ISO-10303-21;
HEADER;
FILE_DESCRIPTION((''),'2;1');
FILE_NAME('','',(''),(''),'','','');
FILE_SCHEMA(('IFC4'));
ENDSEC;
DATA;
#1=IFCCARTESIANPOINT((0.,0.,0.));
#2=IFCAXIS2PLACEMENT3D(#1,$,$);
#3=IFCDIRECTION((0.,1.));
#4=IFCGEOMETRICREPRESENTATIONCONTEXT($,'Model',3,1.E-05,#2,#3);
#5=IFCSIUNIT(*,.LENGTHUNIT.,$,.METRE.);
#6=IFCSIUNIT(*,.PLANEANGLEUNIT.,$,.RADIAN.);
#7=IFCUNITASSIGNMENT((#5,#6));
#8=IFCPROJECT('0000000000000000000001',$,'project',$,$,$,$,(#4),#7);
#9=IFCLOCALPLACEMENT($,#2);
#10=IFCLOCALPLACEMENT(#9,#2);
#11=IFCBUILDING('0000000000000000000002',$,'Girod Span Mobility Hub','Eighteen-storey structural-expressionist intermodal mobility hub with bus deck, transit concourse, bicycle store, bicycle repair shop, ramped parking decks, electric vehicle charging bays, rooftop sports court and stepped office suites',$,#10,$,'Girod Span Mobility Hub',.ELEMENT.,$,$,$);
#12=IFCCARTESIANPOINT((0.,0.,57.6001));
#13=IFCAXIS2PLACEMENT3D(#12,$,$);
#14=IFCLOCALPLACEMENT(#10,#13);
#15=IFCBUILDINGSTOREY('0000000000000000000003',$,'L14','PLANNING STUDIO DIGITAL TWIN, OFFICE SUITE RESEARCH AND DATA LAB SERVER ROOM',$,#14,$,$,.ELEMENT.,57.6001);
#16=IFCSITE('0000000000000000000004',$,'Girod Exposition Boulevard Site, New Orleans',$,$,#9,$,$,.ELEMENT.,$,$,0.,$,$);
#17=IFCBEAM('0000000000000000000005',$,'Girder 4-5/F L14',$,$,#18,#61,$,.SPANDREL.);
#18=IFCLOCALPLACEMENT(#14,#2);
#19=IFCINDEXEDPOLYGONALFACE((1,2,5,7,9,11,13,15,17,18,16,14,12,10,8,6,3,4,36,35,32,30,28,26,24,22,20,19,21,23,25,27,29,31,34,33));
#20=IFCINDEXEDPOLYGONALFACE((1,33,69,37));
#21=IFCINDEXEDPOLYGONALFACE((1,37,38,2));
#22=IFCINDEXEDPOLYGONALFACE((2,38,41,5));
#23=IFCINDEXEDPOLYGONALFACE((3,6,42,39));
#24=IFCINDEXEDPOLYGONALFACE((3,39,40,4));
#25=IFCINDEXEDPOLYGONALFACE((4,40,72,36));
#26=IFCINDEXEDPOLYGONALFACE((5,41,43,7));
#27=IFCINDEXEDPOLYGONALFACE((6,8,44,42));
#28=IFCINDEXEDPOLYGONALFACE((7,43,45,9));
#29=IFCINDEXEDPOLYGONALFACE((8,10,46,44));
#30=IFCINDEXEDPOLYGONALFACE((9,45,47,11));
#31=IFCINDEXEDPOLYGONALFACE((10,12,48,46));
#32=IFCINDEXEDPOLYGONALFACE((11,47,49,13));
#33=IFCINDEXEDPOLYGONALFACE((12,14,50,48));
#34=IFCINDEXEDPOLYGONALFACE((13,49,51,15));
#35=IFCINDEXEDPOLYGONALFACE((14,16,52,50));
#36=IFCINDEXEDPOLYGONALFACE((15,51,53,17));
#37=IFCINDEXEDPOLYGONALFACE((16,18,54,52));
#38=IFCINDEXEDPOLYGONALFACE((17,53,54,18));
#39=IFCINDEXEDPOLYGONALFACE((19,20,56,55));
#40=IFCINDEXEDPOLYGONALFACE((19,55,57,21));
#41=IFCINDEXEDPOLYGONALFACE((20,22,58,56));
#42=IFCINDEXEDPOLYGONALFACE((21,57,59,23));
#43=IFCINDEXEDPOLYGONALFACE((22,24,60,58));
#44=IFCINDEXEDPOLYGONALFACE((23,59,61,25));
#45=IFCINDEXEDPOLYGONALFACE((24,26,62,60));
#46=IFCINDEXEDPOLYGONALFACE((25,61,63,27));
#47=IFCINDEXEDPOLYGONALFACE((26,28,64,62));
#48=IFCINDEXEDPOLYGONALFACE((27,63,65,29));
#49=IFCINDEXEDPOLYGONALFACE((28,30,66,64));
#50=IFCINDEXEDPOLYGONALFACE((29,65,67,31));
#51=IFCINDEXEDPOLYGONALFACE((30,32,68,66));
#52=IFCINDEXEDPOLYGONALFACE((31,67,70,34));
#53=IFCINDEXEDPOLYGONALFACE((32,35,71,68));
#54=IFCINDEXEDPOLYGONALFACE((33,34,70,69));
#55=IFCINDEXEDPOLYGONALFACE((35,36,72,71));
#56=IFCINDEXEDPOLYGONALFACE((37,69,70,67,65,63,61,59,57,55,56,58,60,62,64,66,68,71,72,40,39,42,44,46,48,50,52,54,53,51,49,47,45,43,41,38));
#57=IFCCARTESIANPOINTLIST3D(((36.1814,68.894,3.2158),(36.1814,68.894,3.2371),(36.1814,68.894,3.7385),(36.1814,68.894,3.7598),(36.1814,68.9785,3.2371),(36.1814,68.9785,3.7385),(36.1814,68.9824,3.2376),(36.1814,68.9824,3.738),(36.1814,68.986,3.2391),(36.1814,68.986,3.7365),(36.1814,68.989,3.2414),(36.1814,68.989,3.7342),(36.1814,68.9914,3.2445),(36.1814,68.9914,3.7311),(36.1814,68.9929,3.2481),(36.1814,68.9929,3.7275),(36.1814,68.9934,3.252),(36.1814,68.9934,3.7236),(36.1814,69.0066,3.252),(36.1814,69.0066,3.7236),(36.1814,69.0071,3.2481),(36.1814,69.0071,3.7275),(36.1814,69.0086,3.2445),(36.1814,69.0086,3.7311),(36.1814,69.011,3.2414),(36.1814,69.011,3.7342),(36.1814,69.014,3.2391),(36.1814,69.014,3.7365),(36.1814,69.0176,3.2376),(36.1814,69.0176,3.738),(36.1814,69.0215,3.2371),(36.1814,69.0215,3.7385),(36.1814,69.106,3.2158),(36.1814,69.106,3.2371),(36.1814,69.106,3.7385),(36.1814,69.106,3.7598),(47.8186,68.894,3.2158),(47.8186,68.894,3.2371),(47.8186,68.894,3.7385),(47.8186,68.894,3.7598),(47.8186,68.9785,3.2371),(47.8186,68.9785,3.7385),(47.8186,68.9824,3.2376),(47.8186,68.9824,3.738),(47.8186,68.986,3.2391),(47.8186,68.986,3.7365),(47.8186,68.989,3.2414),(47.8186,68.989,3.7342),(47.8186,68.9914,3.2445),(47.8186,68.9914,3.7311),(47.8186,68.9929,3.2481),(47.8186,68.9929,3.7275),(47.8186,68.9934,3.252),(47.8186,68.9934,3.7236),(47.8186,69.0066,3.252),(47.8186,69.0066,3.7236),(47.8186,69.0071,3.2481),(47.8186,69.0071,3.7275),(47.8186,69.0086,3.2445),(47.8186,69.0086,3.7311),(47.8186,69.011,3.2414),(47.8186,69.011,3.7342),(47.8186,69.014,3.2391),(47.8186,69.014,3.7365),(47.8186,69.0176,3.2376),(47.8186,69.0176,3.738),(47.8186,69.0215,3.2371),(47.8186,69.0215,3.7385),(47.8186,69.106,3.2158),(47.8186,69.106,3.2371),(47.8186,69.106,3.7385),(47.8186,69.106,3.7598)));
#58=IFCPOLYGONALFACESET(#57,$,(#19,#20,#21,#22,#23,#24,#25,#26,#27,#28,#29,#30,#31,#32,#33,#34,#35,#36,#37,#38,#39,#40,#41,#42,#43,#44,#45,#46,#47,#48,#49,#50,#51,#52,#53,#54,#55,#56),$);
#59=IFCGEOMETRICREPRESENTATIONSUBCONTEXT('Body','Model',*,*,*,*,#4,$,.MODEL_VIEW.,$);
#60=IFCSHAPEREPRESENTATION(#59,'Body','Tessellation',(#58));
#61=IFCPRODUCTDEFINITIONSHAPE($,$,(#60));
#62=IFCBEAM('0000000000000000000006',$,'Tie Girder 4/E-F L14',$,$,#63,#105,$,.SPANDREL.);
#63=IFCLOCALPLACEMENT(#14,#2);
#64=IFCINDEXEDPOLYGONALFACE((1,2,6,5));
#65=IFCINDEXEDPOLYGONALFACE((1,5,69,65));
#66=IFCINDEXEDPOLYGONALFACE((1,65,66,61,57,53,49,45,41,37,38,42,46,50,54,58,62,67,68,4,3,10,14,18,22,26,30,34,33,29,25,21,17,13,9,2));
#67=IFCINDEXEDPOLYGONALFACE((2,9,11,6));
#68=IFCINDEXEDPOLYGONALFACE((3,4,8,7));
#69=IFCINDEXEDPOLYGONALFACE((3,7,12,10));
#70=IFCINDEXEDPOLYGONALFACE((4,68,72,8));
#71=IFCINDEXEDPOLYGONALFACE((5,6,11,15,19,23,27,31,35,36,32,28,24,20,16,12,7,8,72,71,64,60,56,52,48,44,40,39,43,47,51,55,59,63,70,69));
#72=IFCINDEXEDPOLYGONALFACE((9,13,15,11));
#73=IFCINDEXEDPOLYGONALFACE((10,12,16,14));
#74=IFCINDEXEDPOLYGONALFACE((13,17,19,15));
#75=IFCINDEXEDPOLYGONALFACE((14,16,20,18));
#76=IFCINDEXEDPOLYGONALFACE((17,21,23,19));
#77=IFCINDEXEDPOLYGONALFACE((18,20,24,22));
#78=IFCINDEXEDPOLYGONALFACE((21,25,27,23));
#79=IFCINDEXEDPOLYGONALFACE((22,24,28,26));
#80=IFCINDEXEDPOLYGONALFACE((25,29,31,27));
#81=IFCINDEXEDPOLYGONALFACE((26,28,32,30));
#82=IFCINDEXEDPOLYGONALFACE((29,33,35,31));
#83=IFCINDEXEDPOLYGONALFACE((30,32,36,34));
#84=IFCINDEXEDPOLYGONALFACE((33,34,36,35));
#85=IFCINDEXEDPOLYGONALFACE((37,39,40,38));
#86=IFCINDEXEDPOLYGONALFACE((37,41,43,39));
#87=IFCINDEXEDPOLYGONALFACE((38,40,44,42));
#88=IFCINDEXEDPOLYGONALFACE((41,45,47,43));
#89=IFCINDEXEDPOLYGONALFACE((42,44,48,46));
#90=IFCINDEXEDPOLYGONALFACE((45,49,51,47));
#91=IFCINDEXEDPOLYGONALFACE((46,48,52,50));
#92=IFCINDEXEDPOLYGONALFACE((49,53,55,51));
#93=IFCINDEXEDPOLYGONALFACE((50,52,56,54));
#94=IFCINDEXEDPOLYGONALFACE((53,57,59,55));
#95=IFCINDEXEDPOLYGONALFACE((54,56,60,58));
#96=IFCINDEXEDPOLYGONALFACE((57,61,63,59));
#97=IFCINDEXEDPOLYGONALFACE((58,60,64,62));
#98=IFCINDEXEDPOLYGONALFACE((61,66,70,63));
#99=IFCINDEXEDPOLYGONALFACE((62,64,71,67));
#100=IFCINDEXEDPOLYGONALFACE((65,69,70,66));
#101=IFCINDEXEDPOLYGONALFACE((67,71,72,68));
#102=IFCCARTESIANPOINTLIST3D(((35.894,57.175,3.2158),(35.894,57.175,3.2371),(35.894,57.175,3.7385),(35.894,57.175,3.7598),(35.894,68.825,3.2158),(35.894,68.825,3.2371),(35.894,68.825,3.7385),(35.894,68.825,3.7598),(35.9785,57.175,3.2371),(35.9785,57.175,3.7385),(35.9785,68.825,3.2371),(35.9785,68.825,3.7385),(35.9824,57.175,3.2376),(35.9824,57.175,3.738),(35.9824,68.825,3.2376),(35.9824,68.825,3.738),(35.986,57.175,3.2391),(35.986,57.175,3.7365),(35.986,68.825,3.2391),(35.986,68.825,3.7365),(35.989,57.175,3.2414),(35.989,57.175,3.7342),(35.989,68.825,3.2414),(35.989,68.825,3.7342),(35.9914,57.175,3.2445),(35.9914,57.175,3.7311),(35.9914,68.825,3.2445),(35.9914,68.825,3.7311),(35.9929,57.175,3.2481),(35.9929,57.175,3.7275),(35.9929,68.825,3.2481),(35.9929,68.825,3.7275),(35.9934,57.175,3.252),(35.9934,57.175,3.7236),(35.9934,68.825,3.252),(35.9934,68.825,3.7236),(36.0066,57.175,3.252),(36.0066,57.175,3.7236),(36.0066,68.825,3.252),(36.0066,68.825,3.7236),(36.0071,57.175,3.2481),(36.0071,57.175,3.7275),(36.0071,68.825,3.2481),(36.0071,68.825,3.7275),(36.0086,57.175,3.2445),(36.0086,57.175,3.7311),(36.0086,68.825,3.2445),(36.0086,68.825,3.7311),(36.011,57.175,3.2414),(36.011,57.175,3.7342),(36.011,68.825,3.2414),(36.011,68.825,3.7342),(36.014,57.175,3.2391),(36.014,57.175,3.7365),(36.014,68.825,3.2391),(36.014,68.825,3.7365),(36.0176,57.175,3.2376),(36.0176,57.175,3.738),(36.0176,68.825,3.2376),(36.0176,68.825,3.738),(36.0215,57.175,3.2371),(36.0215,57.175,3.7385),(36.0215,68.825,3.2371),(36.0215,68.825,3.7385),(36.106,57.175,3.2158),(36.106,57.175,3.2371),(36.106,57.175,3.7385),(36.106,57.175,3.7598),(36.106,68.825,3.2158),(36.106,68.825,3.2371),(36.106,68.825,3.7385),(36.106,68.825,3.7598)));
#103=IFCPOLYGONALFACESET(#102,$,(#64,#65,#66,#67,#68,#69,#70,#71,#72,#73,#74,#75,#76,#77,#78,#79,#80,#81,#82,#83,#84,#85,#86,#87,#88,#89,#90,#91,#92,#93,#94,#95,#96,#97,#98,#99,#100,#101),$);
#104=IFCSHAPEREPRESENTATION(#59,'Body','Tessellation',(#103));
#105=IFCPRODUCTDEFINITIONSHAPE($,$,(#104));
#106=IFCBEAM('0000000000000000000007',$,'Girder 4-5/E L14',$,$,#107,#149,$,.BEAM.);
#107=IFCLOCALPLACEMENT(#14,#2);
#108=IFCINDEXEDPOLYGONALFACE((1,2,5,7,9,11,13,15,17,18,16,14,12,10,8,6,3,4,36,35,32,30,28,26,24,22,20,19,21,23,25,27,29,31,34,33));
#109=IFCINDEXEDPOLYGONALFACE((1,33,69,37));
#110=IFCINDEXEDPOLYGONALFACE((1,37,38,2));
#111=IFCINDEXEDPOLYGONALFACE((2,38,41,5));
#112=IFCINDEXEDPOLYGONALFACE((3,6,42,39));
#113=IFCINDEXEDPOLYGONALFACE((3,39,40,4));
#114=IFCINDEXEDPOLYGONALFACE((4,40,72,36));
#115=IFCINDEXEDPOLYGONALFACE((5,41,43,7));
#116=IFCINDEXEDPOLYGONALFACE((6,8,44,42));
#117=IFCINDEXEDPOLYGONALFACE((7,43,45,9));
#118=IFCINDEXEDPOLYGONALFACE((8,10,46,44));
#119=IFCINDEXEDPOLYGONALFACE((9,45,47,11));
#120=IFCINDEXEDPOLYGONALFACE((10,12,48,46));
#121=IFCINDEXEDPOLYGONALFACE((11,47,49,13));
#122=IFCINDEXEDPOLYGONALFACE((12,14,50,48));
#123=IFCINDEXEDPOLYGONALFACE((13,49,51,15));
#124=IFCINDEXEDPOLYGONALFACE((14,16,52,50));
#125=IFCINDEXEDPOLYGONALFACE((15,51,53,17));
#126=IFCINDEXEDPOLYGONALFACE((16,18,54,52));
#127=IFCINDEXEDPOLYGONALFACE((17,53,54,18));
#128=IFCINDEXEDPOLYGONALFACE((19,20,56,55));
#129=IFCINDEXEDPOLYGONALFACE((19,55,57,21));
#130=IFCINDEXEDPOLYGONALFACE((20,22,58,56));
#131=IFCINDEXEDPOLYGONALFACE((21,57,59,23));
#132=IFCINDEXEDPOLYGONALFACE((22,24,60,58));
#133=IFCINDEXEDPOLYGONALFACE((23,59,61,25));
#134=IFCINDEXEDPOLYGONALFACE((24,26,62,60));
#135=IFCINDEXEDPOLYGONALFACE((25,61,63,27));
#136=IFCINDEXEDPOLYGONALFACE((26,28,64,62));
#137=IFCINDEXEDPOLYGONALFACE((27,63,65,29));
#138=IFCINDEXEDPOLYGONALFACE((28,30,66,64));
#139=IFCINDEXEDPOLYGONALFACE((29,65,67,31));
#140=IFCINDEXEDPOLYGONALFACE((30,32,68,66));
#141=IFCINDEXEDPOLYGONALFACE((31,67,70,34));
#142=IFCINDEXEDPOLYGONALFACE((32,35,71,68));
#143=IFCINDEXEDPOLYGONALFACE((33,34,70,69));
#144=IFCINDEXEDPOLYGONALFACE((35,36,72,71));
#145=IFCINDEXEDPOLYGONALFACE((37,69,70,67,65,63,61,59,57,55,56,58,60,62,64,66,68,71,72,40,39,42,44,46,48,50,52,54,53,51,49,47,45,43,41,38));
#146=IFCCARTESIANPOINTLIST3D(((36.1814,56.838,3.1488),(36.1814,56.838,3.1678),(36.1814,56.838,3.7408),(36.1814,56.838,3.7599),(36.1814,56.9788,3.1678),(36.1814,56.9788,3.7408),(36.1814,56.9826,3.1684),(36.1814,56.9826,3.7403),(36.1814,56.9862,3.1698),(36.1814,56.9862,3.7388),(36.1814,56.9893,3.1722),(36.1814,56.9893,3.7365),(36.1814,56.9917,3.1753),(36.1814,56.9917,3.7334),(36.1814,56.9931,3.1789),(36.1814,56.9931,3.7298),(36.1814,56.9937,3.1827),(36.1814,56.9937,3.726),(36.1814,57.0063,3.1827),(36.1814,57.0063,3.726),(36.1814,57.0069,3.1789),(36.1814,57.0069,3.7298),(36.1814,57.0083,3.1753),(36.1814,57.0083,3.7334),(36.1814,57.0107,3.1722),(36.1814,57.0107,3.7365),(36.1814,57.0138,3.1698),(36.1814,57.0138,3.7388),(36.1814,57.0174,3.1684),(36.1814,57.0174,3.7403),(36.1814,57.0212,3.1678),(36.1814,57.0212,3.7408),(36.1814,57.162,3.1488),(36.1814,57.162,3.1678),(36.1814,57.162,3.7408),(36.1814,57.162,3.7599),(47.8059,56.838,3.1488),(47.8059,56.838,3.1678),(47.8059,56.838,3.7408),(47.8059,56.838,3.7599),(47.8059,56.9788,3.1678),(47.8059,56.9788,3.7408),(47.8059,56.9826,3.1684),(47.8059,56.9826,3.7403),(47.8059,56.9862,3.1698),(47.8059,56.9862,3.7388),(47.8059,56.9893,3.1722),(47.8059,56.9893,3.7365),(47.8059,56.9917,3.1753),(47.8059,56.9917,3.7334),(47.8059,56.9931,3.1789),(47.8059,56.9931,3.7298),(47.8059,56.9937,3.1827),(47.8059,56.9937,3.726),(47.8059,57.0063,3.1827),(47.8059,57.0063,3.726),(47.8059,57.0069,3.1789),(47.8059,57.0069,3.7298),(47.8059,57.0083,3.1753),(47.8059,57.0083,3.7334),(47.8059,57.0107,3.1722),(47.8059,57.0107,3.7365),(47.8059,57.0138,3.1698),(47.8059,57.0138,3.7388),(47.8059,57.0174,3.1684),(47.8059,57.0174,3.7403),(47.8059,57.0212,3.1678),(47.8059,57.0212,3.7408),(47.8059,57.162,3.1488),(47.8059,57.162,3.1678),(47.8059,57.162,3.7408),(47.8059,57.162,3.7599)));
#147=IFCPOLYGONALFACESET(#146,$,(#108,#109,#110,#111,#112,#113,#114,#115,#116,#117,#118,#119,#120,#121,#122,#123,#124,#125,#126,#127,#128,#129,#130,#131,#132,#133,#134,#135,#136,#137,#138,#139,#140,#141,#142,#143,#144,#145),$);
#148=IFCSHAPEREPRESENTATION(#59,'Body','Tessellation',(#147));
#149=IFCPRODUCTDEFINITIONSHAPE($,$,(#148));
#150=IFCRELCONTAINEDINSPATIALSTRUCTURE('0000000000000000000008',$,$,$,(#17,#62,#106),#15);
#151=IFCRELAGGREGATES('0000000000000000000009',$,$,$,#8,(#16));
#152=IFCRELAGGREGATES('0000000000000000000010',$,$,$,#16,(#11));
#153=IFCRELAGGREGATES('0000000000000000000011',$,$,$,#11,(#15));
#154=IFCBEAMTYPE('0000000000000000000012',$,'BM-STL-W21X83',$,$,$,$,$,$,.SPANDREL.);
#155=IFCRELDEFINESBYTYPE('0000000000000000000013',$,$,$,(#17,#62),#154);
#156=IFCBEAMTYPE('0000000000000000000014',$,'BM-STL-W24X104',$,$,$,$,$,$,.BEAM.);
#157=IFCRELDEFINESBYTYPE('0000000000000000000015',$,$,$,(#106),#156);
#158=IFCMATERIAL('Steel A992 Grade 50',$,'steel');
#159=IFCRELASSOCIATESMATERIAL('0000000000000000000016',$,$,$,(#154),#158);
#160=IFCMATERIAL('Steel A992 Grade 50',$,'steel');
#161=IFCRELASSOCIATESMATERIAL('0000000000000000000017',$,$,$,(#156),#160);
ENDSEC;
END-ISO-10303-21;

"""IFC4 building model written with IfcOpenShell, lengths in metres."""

from ifc_helpers import new_model, si_unit, direction, frame, origin, origin_2d, place, context, subcontext, project, spatial, i_section, extrude, material, material_profile, profile_set, type_object, element, save


model = new_model("IFC4")

# Units and contexts
model_context = context("Model", 3, precision=1e-05, world=origin(), true_north=direction((0.0, 1.0)))
body_context = subcontext(model_context, "Body", "Model", "MODEL_VIEW")
ifc_project = project(units=[si_unit("LENGTHUNIT", "METRE"), si_unit("PLANEANGLEUNIT", "RADIAN")], contexts=[model_context])

# Site, building, storey
site_placement = place(None, origin())
site = spatial("IfcSite", under=ifc_project, at=site_placement, Name="Girod Exposition Boulevard Site, New Orleans", CompositionType="ELEMENT", RefElevation=0.0)
building_placement = place(site_placement, origin())
building = spatial("IfcBuilding", under=site, at=building_placement, Name="Girod Span Mobility Hub", Description="Eighteen-storey structural-expressionist intermodal mobility hub with bus deck, transit concourse, bicycle store, bicycle repair shop, ramped parking decks, electric vehicle charging bays, rooftop sports court and stepped office suites", LongName="Girod Span Mobility Hub", CompositionType="ELEMENT")
storey_placement = place(building_placement, frame((0.0, 0.0, 57.6001)))
storey = spatial("IfcBuildingStorey", under=building, at=storey_placement, Name="L14", Description="PLANNING STUDIO DIGITAL TWIN, OFFICE SUITE RESEARCH AND DATA LAB SERVER ROOM", CompositionType="ELEMENT", Elevation=57.6001)

# Beams
ifc_material_1 = material(Name="Steel A992 Grade 50", Category="steel")
ifc_material_profile_1 = material_profile(ifc_material_1, i_section(OverallWidth=0.2119, OverallDepth=0.5439, WebThickness=0.0132, FlangeThickness=0.0212, FilletRadius=0.0149, at=origin_2d()), Name="W21X83")
ifc_profile_set_1 = profile_set([ifc_material_profile_1], Name="Steel A992 Grade 50")
beam_type_1 = type_object("IfcBeamType", Name="BM-STL-W21X83", PredefinedType="SPANDREL", material=ifc_profile_set_1)
beam_1_placement = place(storey_placement, frame((36.1814, 69.0, 3.4878), z_axis=(1.0, 0.0, 0.0), x_axis=(0.0, 1.0, 0.0)))
element("IfcBeam", 1, at=beam_1_placement, inside=storey, type_object=beam_type_1, Name="Girder 4-5/F L14", PredefinedType="SPANDREL", context=body_context, shape_type="SweptSolid", body=[
    extrude(i_section(OverallWidth=0.2119, OverallDepth=0.5439, WebThickness=0.0132, FlangeThickness=0.0212, FilletRadius=0.0149, at=origin_2d()), origin(), (0.0, 0.0, 1.0), 11.6372),
])
beam_2_placement = place(storey_placement, frame((36.0, 57.175, 3.4878), z_axis=(0.0, 1.0, 0.0), x_axis=(-1.0, 0.0, 0.0)))
element("IfcBeam", 2, at=beam_2_placement, inside=storey, type_object=beam_type_1, Name="Tie Girder 4/E-F L14", PredefinedType="SPANDREL", context=body_context, shape_type="SweptSolid", body=[
    extrude(i_section(OverallWidth=0.2119, OverallDepth=0.5439, WebThickness=0.0132, FlangeThickness=0.0212, FilletRadius=0.0149, at=origin_2d()), origin(), (0.0, 0.0, 1.0), 11.6499),
])
ifc_material_2 = material(Name="Steel A992 Grade 50", Category="steel")
ifc_material_profile_2 = material_profile(ifc_material_2, i_section(OverallWidth=0.324, OverallDepth=0.6111, WebThickness=0.0127, FlangeThickness=0.019, FilletRadius=0.0149, at=origin_2d()), Name="W24X104")
ifc_profile_set_2 = profile_set([ifc_material_profile_2], Name="Steel A992 Grade 50")
beam_type_2 = type_object("IfcBeamType", Name="BM-STL-W24X104", PredefinedType="BEAM", material=ifc_profile_set_2)
beam_3_placement = place(storey_placement, frame((36.1814, 57.0, 3.4543), z_axis=(1.0, 0.0, 0.0), x_axis=(0.0, 1.0, 0.0)))
element("IfcBeam", 3, at=beam_3_placement, inside=storey, type_object=beam_type_2, Name="Girder 4-5/E L14", PredefinedType="BEAM", context=body_context, shape_type="SweptSolid", body=[
    extrude(i_section(OverallWidth=0.324, OverallDepth=0.6111, WebThickness=0.0127, FlangeThickness=0.019, FilletRadius=0.0149, at=origin_2d()), origin(), (0.0, 0.0, 1.0), 11.6245),
])

save(model, "model.ifc")
